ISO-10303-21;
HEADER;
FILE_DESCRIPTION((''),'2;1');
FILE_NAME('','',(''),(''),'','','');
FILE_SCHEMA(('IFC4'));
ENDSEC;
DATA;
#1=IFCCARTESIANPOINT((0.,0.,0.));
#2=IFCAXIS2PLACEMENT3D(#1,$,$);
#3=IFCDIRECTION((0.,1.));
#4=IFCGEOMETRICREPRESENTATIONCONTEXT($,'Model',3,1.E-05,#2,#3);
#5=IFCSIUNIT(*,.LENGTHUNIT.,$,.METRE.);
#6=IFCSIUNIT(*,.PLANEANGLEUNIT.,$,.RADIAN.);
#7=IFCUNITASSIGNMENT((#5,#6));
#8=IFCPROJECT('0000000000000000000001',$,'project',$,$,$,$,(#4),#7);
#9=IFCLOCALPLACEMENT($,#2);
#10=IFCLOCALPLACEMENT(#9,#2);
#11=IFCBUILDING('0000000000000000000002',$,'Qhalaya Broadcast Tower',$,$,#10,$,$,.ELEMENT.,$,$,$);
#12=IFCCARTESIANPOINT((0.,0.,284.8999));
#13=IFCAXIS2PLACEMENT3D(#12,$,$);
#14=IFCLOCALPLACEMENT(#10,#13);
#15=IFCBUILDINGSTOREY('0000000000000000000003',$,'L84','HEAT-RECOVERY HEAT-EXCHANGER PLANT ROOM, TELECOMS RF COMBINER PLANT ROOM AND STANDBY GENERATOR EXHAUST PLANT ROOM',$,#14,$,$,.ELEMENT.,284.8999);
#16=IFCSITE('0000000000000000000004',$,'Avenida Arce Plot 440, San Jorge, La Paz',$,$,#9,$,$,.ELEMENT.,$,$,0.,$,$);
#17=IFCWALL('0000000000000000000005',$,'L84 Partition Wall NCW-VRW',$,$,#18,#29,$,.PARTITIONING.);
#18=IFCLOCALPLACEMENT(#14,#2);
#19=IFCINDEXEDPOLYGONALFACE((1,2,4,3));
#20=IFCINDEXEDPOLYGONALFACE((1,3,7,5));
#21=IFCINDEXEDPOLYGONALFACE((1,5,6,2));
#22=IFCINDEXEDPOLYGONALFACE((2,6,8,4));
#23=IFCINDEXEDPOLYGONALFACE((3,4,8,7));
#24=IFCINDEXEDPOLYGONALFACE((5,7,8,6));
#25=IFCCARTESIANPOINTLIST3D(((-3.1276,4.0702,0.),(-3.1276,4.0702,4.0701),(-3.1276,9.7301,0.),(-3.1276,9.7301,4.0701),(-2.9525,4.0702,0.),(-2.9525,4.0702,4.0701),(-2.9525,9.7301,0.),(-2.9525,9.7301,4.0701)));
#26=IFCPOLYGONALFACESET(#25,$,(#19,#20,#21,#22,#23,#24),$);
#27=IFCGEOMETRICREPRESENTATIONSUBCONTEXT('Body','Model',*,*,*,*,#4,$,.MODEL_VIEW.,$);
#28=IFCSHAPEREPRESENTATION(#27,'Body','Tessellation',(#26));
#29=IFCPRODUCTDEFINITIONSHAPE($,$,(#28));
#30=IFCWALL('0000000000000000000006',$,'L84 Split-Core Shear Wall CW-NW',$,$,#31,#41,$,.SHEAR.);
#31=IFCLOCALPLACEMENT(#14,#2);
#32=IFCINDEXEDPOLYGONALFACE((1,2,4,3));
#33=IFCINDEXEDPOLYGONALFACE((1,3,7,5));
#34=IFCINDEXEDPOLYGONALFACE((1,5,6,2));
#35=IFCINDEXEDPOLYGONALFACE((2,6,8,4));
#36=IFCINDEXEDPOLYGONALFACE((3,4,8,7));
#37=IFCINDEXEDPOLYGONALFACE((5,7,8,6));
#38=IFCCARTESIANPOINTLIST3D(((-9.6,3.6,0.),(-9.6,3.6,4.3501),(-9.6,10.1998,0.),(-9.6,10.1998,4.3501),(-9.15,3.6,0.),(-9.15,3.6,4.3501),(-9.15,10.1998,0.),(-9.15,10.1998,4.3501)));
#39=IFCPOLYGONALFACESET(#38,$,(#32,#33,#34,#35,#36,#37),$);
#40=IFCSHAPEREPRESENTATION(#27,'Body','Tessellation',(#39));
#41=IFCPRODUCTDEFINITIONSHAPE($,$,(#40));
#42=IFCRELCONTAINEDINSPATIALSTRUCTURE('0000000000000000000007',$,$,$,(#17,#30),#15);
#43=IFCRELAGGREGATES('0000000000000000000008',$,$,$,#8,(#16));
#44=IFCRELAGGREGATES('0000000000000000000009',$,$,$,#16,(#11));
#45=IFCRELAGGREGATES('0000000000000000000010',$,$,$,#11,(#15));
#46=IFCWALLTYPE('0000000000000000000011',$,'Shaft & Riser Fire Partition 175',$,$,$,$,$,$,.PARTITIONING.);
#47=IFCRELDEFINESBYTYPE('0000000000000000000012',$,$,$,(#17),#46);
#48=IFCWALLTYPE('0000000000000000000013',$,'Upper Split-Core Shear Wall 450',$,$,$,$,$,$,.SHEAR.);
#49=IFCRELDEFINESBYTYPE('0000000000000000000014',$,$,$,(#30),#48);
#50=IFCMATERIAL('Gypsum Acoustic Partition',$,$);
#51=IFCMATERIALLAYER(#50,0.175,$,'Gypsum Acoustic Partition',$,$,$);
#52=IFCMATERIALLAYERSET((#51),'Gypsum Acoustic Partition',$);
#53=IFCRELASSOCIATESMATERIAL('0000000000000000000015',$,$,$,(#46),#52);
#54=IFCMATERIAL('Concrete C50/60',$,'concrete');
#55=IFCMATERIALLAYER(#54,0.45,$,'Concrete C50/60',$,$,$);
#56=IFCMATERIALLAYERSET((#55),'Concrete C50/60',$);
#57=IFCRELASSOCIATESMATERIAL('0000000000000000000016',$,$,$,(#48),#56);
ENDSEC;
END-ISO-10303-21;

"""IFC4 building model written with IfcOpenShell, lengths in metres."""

from ifc_helpers import new_model, si_unit, direction, frame, frame_2d, origin, place, context, subcontext, project, spatial, rectangle, extrude, material, layer, layer_set, type_object, element, save


model = new_model("IFC4")

# Units and contexts
model_context = context("Model", 3, precision=1e-05, world=origin(), true_north=direction((0.0, 1.0)))
body_context = subcontext(model_context, "Body", "Model", "MODEL_VIEW")
ifc_project = project(units=[si_unit("LENGTHUNIT", "METRE"), si_unit("PLANEANGLEUNIT", "RADIAN")], contexts=[model_context])

# Site, building, storey
site_placement = place(None, origin())
site = spatial("IfcSite", under=ifc_project, at=site_placement, Name="Avenida Arce Plot 440, San Jorge, La Paz", CompositionType="ELEMENT", RefElevation=0.0)
building_placement = place(site_placement, origin())
building = spatial("IfcBuilding", under=site, at=building_placement, Name="Qhalaya Broadcast Tower", CompositionType="ELEMENT")
storey_placement = place(building_placement, frame((0.0, 0.0, 284.8999)))
storey = spatial("IfcBuildingStorey", under=building, at=storey_placement, Name="L84", Description="HEAT-RECOVERY HEAT-EXCHANGER PLANT ROOM, TELECOMS RF COMBINER PLANT ROOM AND STANDBY GENERATOR EXHAUST PLANT ROOM", CompositionType="ELEMENT", Elevation=284.8999)

# Shared definitions
ifc_material_1 = material(Name="Concrete C50/60", Category="concrete")

# Shared definitions
ifc_material_2 = material(Name="Gypsum Acoustic Partition")

# Shared definitions
ifc_layer_1 = layer(ifc_material_2, 0.175, Name="Gypsum Acoustic Partition")
ifc_layer_set_1 = layer_set([ifc_layer_1], Name="Gypsum Acoustic Partition")
wall_type_1 = type_object("IfcWallType", Name="Shaft & Riser Fire Partition 175", PredefinedType="PARTITIONING", material=ifc_layer_set_1)

# Walls
wall_1_placement = place(storey_placement, frame((-3.04, 4.0701, 0.0), z_axis=(0.0, 0.0, 1.0), x_axis=(0.0, 1.0, 0.0)))
element("IfcWall", 1, at=wall_1_placement, inside=storey, type_object=wall_type_1, Name="L84 Partition Wall NCW-VRW", PredefinedType="PARTITIONING", context=body_context, shape_type="SweptSolid", body=[
    extrude(rectangle(XDim=5.6599, YDim=0.175, at=frame_2d((2.8301, 0.0))), origin(), (0.0, 0.0, 1.0), 4.0701),
])
ifc_layer_2 = layer(ifc_material_1, 0.45, Name="Concrete C50/60")
ifc_layer_set_2 = layer_set([ifc_layer_2], Name="Concrete C50/60")
wall_type_2 = type_object("IfcWallType", Name="Upper Split-Core Shear Wall 450", PredefinedType="SHEAR", material=ifc_layer_set_2)
wall_2_placement = place(storey_placement, frame((-9.375, 3.6001, 0.0), z_axis=(0.0, 0.0, 1.0), x_axis=(0.0, 1.0, 0.0)))
element("IfcWall", 2, at=wall_2_placement, inside=storey, type_object=wall_type_2, Name="L84 Split-Core Shear Wall CW-NW", PredefinedType="SHEAR", context=body_context, shape_type="SweptSolid", body=[
    extrude(rectangle(XDim=6.5999, YDim=0.45, at=frame_2d((3.2998, 0.0))), origin(), (0.0, 0.0, 1.0), 4.3501),
])

save(model, "model.ifc")
